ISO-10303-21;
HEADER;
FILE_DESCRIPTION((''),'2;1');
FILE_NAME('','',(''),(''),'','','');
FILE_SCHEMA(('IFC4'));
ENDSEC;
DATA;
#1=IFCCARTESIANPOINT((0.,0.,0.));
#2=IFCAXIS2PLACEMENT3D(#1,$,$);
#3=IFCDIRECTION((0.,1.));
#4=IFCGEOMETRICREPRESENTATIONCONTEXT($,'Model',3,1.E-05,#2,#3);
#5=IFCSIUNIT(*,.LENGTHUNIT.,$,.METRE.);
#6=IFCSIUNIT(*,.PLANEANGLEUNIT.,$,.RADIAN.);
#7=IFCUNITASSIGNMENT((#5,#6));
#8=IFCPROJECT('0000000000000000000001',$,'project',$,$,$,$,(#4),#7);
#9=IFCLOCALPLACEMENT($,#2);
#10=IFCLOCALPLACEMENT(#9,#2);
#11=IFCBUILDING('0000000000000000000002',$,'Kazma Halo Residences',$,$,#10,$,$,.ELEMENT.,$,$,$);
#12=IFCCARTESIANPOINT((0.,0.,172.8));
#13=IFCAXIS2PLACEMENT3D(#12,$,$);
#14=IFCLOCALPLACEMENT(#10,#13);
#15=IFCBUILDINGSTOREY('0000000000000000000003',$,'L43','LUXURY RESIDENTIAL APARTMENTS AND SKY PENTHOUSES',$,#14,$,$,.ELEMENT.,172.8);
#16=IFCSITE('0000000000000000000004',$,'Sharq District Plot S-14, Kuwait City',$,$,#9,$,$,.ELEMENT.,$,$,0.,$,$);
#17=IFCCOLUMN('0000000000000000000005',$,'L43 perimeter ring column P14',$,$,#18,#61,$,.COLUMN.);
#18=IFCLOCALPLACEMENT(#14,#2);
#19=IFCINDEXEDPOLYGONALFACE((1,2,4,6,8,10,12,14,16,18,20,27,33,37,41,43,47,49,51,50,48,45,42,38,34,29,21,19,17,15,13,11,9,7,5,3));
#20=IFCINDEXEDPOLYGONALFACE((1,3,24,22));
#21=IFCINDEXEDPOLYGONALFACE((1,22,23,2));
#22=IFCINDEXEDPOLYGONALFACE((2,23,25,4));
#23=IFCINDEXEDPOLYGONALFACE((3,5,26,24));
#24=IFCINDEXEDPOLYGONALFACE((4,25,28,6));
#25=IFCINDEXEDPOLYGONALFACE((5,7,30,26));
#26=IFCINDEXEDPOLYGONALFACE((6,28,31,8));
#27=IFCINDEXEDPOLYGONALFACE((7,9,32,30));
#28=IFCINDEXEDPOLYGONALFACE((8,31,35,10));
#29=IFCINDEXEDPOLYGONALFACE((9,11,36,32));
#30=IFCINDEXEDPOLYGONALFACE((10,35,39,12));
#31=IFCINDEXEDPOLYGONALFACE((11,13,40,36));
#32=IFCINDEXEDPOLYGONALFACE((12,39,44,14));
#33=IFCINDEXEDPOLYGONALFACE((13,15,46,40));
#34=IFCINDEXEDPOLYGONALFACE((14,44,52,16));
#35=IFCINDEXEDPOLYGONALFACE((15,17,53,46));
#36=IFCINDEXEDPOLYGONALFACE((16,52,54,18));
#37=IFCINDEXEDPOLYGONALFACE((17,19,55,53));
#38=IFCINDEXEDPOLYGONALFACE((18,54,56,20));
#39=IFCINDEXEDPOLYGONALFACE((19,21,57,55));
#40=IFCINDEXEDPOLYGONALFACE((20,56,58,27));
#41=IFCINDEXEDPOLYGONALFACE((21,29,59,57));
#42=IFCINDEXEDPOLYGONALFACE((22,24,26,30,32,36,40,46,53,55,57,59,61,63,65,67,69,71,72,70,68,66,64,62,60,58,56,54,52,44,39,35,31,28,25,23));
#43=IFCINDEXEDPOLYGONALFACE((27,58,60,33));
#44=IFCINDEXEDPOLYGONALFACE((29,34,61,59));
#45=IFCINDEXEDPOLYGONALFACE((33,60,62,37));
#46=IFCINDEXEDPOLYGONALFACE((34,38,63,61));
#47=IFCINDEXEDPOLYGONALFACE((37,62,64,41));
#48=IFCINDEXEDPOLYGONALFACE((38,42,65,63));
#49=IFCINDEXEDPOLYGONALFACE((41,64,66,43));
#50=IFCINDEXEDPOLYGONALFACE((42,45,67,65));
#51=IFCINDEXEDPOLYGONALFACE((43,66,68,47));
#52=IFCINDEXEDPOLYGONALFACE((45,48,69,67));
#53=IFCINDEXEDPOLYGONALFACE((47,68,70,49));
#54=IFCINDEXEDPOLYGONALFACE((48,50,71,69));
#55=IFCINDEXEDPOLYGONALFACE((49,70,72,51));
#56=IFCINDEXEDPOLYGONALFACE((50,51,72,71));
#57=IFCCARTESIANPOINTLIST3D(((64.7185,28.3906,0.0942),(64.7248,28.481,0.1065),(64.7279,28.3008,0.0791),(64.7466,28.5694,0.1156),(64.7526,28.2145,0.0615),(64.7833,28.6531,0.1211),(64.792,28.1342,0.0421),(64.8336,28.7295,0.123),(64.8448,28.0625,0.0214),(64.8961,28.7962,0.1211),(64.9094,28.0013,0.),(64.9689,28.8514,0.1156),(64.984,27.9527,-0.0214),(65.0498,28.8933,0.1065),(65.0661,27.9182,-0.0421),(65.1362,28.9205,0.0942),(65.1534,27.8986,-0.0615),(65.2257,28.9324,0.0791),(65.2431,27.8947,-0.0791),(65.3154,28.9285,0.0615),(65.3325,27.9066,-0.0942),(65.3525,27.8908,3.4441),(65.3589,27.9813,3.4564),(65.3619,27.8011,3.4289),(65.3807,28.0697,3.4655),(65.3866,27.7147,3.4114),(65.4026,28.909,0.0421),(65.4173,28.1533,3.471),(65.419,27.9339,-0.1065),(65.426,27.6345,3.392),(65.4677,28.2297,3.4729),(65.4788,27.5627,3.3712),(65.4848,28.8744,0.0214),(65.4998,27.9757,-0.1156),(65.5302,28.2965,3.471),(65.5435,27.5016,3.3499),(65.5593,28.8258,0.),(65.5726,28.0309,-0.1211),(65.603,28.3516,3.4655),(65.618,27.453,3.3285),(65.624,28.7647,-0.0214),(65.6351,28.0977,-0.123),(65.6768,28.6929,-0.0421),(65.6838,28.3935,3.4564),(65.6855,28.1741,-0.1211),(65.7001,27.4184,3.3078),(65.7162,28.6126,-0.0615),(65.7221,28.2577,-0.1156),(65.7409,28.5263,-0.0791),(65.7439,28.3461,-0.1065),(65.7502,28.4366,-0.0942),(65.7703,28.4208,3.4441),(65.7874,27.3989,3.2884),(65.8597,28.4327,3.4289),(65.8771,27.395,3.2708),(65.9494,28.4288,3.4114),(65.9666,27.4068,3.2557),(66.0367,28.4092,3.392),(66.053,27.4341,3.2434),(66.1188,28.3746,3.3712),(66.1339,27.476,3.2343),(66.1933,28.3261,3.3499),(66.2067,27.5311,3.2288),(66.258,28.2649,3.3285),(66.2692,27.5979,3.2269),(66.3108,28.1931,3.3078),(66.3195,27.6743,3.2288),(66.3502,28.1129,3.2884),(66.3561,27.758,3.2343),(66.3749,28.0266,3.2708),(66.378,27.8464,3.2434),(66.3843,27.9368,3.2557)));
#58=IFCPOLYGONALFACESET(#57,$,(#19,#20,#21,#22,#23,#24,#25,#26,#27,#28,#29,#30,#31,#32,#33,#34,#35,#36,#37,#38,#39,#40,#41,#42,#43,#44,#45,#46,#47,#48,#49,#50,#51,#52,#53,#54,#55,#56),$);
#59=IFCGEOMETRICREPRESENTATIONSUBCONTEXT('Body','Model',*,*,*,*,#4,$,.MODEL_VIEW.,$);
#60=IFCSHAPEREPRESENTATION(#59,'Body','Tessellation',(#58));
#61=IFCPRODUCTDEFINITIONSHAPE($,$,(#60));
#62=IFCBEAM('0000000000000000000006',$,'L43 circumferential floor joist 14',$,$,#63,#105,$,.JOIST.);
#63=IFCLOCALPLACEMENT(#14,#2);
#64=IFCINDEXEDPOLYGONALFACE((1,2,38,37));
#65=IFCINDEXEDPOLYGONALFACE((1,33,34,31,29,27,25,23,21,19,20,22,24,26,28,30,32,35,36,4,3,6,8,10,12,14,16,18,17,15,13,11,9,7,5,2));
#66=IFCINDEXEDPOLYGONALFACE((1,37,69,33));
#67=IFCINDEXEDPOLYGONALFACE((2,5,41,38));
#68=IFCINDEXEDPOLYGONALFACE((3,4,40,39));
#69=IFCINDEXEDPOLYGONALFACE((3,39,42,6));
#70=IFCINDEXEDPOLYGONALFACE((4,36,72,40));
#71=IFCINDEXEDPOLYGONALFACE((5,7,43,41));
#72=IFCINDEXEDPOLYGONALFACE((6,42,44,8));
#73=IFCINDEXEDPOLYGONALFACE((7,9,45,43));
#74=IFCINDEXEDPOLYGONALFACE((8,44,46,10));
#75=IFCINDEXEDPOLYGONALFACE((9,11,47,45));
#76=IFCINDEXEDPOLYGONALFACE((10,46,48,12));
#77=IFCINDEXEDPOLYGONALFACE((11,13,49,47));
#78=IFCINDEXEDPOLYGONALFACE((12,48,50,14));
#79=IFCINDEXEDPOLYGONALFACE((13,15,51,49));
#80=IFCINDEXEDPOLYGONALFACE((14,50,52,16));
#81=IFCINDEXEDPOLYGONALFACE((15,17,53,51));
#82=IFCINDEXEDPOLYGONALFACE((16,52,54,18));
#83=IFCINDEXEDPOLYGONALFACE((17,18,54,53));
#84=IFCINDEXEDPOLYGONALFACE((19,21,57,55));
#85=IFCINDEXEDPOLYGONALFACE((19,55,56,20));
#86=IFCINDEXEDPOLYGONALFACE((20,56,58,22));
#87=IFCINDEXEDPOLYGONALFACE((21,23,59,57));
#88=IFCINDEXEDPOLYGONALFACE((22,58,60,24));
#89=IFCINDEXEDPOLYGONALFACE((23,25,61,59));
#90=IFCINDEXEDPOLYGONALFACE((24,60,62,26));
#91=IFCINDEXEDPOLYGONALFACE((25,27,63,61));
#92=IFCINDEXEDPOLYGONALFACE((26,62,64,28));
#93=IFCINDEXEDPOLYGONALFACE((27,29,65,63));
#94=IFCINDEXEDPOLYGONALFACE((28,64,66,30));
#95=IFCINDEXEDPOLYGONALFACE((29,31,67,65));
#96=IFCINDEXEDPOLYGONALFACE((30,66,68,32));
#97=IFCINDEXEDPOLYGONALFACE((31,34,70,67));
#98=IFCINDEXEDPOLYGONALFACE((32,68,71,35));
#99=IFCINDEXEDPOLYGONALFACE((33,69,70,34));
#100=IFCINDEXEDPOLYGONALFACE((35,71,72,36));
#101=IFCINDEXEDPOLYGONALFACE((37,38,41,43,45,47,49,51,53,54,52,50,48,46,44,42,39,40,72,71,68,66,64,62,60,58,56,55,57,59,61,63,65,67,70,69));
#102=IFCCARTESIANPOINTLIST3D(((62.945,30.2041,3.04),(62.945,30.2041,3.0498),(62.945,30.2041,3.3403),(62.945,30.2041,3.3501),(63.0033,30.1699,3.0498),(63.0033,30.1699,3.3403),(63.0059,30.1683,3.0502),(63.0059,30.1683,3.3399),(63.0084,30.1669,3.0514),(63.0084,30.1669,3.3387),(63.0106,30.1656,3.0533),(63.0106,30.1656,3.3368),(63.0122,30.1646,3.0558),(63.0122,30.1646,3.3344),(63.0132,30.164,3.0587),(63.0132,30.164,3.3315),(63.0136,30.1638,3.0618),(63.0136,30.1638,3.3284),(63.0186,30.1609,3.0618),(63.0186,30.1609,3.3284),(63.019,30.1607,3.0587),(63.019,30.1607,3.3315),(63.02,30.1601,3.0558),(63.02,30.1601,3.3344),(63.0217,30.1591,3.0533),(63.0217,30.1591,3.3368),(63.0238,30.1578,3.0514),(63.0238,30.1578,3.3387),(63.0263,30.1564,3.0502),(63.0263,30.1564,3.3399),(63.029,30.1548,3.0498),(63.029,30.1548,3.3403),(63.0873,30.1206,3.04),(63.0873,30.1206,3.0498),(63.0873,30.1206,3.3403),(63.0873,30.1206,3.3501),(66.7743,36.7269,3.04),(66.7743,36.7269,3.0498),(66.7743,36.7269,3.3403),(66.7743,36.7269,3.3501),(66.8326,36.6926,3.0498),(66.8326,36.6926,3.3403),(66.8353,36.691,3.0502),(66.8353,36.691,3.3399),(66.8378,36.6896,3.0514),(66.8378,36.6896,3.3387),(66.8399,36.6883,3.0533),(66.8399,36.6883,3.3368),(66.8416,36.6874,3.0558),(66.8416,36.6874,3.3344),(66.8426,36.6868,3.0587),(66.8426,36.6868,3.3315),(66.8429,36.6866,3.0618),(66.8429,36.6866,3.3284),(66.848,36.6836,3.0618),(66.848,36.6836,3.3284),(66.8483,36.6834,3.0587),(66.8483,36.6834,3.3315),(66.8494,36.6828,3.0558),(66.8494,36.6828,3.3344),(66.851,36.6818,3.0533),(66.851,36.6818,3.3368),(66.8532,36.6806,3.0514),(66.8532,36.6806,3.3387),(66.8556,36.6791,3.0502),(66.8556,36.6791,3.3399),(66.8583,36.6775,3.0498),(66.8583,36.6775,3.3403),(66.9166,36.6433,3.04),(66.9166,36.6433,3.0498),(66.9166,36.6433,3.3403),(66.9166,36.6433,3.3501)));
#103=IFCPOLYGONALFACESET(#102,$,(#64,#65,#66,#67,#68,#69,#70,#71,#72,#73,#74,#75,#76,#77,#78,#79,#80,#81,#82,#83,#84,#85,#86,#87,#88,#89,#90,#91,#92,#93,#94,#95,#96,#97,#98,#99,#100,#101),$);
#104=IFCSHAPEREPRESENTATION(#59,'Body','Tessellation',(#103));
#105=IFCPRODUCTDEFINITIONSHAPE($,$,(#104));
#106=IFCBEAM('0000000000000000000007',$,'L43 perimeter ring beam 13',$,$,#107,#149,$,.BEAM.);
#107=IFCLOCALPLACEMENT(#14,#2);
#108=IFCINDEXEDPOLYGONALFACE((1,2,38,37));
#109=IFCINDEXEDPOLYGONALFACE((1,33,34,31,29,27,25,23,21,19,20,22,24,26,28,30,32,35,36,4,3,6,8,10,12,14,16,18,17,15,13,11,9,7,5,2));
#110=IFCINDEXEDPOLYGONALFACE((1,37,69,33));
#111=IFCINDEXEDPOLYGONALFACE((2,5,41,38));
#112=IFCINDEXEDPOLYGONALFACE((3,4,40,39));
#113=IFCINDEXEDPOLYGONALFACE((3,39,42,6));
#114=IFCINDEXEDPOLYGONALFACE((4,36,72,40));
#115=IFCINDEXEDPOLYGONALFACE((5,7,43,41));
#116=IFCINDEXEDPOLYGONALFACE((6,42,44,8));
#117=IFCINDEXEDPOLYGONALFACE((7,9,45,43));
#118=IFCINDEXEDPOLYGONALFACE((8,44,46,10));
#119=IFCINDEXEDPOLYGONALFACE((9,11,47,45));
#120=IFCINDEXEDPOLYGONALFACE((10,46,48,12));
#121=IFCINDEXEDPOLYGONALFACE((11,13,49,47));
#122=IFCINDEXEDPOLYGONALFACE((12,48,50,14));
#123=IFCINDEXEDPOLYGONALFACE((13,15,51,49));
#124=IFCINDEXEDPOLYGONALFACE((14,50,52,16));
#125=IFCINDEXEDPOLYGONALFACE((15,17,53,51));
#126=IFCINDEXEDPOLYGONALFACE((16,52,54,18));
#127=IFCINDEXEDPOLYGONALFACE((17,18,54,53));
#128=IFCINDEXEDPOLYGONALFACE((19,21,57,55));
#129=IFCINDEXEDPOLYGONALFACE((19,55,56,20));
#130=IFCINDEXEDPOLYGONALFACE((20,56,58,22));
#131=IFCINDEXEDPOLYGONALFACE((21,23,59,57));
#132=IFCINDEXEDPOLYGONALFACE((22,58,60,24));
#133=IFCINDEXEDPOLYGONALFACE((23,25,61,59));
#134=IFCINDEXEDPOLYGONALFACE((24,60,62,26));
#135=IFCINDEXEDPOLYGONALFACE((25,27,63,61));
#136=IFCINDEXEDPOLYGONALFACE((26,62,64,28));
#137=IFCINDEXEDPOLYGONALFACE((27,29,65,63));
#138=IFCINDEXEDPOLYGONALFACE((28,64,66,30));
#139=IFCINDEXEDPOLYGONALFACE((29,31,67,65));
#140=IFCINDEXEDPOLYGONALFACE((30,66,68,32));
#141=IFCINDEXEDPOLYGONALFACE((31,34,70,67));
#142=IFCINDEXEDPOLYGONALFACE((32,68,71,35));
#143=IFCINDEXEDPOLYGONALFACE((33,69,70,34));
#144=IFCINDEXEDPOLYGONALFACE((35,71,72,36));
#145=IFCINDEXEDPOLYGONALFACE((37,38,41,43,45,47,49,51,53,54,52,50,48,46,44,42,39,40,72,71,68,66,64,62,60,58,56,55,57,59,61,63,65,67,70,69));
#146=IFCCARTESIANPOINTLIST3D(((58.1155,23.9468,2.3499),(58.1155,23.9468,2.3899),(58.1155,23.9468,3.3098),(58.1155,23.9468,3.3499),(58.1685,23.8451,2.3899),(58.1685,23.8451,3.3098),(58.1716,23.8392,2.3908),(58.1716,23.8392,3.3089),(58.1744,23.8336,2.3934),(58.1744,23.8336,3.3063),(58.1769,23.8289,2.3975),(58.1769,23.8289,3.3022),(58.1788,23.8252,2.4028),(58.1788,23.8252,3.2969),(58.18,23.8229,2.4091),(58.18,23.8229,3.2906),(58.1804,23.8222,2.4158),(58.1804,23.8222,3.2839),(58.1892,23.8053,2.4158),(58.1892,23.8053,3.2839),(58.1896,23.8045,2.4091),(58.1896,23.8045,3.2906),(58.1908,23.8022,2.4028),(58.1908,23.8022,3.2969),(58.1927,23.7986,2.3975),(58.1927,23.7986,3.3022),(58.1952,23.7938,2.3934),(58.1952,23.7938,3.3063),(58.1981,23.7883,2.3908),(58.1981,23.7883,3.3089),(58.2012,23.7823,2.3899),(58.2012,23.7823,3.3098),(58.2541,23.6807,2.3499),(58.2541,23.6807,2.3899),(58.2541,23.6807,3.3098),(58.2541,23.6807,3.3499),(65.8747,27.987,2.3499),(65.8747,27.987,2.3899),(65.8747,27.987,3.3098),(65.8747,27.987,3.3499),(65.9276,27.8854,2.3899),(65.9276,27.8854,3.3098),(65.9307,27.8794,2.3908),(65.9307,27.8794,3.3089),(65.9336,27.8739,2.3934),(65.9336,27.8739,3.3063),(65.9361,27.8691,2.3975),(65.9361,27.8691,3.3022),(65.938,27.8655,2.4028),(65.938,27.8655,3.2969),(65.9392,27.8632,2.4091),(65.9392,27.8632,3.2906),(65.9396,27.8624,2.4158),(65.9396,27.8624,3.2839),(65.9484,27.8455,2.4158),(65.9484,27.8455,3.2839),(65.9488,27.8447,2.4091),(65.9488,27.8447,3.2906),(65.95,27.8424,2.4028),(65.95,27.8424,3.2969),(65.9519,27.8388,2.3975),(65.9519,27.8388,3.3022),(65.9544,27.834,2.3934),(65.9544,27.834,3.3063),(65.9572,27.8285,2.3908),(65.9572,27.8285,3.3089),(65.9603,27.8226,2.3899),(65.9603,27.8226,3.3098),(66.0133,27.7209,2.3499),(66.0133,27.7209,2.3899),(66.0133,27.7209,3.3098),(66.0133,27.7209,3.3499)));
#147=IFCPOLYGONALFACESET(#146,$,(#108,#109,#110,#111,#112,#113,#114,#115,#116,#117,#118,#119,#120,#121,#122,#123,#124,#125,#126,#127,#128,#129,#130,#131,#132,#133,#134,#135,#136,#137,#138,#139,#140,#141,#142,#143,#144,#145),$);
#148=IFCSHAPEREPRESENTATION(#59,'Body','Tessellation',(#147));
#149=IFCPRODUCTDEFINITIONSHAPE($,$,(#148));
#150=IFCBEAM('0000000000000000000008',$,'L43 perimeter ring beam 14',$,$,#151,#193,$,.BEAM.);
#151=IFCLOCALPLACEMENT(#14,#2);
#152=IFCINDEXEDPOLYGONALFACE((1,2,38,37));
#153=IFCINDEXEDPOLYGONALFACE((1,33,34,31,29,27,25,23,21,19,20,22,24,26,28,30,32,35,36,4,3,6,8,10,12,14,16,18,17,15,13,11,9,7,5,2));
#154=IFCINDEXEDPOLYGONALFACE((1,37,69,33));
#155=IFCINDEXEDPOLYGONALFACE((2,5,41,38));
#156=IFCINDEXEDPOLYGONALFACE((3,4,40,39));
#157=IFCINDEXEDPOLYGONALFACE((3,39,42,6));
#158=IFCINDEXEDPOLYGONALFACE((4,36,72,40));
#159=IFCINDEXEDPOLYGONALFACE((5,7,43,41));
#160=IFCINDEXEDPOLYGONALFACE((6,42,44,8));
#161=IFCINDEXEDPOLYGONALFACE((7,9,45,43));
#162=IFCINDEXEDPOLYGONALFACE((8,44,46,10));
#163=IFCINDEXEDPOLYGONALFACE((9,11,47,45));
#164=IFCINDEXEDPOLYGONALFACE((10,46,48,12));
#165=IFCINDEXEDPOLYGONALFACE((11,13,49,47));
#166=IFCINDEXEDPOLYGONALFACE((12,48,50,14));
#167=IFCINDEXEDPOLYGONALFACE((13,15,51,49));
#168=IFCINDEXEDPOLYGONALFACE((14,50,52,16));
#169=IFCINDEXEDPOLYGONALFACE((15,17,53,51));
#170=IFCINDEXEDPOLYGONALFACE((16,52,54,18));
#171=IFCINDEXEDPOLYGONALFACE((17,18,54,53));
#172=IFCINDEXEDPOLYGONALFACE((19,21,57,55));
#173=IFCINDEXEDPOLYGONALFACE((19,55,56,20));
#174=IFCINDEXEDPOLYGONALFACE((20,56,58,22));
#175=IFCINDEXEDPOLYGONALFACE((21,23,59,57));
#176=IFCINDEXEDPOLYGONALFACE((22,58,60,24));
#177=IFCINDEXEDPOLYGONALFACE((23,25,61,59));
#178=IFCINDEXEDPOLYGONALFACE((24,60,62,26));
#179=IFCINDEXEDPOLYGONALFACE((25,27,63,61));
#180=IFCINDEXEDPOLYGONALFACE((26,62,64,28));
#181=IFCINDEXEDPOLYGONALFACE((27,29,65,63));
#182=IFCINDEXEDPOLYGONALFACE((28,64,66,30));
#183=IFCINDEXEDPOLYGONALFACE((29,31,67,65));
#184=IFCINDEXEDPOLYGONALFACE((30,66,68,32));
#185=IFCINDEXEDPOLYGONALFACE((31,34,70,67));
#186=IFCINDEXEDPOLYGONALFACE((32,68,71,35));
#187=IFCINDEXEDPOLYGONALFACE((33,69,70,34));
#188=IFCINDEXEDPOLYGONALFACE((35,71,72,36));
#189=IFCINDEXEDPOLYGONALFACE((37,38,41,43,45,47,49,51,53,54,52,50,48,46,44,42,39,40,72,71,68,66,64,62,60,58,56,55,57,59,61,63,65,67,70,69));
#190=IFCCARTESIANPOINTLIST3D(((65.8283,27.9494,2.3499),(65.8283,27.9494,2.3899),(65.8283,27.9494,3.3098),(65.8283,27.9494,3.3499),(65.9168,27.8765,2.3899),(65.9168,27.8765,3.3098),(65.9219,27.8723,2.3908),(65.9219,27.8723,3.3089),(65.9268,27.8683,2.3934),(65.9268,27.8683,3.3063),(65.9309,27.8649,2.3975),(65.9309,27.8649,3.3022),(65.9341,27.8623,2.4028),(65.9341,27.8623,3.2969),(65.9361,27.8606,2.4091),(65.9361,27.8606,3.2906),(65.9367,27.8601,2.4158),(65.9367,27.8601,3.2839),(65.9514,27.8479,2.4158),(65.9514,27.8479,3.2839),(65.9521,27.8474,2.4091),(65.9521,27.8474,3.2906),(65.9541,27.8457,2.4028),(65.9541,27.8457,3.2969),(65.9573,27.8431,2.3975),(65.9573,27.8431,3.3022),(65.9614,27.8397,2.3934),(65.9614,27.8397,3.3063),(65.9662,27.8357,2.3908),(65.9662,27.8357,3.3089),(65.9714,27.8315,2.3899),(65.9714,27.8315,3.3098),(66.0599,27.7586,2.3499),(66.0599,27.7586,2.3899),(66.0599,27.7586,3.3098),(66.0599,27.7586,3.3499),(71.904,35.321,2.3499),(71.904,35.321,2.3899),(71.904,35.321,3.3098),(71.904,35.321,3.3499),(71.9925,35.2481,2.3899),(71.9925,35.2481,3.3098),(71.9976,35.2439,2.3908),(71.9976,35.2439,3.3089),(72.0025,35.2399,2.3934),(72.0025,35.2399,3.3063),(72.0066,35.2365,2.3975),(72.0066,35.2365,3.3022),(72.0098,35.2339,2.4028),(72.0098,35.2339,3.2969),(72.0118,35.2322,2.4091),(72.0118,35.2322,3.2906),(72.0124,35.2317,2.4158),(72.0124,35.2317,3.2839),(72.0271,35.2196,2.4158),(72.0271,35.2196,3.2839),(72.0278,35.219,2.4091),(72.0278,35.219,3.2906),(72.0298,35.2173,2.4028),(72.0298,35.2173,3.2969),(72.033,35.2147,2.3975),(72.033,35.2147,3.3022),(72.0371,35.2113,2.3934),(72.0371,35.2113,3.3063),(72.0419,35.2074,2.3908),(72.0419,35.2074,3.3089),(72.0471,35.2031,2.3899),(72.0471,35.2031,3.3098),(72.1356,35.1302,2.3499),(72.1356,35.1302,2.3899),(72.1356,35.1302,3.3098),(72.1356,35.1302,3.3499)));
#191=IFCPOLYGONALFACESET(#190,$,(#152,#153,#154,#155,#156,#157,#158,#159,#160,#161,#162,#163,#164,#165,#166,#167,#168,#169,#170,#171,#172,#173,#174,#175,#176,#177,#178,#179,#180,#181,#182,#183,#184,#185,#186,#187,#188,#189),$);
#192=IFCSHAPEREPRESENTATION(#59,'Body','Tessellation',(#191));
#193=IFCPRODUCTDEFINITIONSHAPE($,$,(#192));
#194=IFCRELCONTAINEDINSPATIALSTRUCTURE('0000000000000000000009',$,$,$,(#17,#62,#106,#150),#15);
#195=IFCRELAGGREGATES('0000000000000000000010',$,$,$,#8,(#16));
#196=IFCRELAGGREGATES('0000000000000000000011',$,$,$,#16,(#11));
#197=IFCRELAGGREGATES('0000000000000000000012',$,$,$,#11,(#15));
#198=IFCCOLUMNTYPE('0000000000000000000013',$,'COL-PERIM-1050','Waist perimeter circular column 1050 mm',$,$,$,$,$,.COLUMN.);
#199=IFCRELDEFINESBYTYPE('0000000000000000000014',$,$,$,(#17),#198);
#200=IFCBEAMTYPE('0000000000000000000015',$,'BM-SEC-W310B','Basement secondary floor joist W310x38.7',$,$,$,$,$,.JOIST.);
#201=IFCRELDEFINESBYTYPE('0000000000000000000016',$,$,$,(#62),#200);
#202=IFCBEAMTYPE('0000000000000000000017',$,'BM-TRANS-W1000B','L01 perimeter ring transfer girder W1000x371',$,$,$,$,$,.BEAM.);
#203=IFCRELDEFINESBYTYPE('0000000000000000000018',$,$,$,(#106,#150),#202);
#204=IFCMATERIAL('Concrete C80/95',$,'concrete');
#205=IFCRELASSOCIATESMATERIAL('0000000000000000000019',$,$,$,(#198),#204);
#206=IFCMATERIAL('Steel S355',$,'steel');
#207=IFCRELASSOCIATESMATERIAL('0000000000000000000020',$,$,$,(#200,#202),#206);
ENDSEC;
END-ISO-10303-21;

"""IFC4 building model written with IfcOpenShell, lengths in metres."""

from ifc_helpers import new_model, si_unit, direction, frame, origin, origin_2d, place, context, subcontext, project, spatial, circle, i_section, extrude, material, material_profile, profile_set, type_object, element, save


model = new_model("IFC4")

# Units and contexts
model_context = context("Model", 3, precision=1e-05, world=origin(), true_north=direction((0.0, 1.0)))
body_context = subcontext(model_context, "Body", "Model", "MODEL_VIEW")
ifc_project = project(units=[si_unit("LENGTHUNIT", "METRE"), si_unit("PLANEANGLEUNIT", "RADIAN")], contexts=[model_context])

# Site, building, storey
site_placement = place(None, origin())
site = spatial("IfcSite", under=ifc_project, at=site_placement, Name="Sharq District Plot S-14, Kuwait City", CompositionType="ELEMENT", RefElevation=0.0)
building_placement = place(site_placement, origin())
building = spatial("IfcBuilding", under=site, at=building_placement, Name="Kazma Halo Residences", CompositionType="ELEMENT")
storey_placement = place(building_placement, frame((0.0, 0.0, 172.8)))
storey = spatial("IfcBuildingStorey", under=building, at=storey_placement, Name="L43", Description="LUXURY RESIDENTIAL APARTMENTS AND SKY PENTHOUSES", CompositionType="ELEMENT", Elevation=172.8)

# Column
ifc_material_1 = material(Name="Concrete C80/95", Category="concrete")
ifc_material_profile_1 = material_profile(ifc_material_1, circle(Radius=0.5249, at=origin_2d()), Name="CIRC1050")
ifc_profile_set_1 = profile_set([ifc_material_profile_1], Name="Concrete C80/95")
column_type = type_object("IfcColumnType", Name="COL-PERIM-1050", Description="Waist perimeter circular column 1050 mm", PredefinedType="COLUMN", material=ifc_profile_set_1)
column_placement = place(storey_placement, frame((65.2344, 28.4136, 0.0), z_axis=(0.184004, -0.145035, 0.972166), x_axis=(0.619036, 0.785362, 0.0)))
element("IfcColumn", 1, at=column_placement, inside=storey, type_object=column_type, Name="L43 perimeter ring column P14", PredefinedType="COLUMN", context=body_context, shape_type="SweptSolid", body=[
    extrude(circle(Radius=0.5249, at=origin_2d()), origin(), (0.0, 0.0, 1.0), 3.4458),
])

# Beams
ifc_material_2 = material(Name="Steel S355", Category="steel")
ifc_material_profile_2 = material_profile(ifc_material_2, i_section(OverallWidth=0.165, OverallDepth=0.3101, WebThickness=0.0059, FlangeThickness=0.0098, FilletRadius=0.012, at=origin_2d()), Name="W310x38.7")
ifc_profile_set_2 = profile_set([ifc_material_profile_2], Name="Steel S355")
beam_type_1 = type_object("IfcBeamType", Name="BM-SEC-W310B", Description="Basement secondary floor joist W310x38.7", PredefinedType="JOIST", material=ifc_profile_set_2)
beam_1_placement = place(storey_placement, frame((63.0161, 30.1624, 3.1951), z_axis=(0.506279, 0.86237, 0.0), x_axis=(-0.86237, 0.506279, 0.0)))
element("IfcBeam", 2, at=beam_1_placement, inside=storey, type_object=beam_type_1, Name="L43 circumferential floor joist 14", PredefinedType="JOIST", context=body_context, shape_type="SweptSolid", body=[
    extrude(i_section(OverallWidth=0.165, OverallDepth=0.3101, WebThickness=0.0059, FlangeThickness=0.0098, FilletRadius=0.012, at=origin_2d()), origin(), (0.0, 0.0, 1.0), 7.5637),
])
ifc_material_profile_3 = material_profile(ifc_material_2, i_section(OverallWidth=0.3, OverallDepth=1.0, WebThickness=0.019, FlangeThickness=0.04, FilletRadius=0.0259, at=origin_2d()), Name="W1000x371")
ifc_profile_set_3 = profile_set([ifc_material_profile_3], Name="Steel S355")
beam_type_2 = type_object("IfcBeamType", Name="BM-TRANS-W1000B", Description="L01 perimeter ring transfer girder W1000x371", PredefinedType="BEAM", material=ifc_profile_set_3)
beam_2_placement = place(storey_placement, frame((58.1848, 23.8137, 2.8499), z_axis=(0.886961, 0.461844, 0.0), x_axis=(-0.461844, 0.886961, 0.0)))
element("IfcBeam", 3, at=beam_2_placement, inside=storey, type_object=beam_type_2, Name="L43 perimeter ring beam 13", PredefinedType="BEAM", context=body_context, shape_type="SweptSolid", body=[
    extrude(i_section(OverallWidth=0.3, OverallDepth=1.0, WebThickness=0.019, FlangeThickness=0.04, FilletRadius=0.0259, at=origin_2d()), origin(), (0.0, 0.0, 1.0), 8.748),
])
beam_3_placement = place(storey_placement, frame((65.9441, 27.854, 2.8499), z_axis=(0.636017, 0.771675, 0.0), x_axis=(-0.771675, 0.636017, 0.0)))
element("IfcBeam", 4, at=beam_3_placement, inside=storey, type_object=beam_type_2, Name="L43 perimeter ring beam 14", PredefinedType="BEAM", context=body_context, shape_type="SweptSolid", body=[
    extrude(i_section(OverallWidth=0.3, OverallDepth=1.0, WebThickness=0.019, FlangeThickness=0.04, FilletRadius=0.0259, at=origin_2d()), origin(), (0.0, 0.0, 1.0), 9.5527),
])

save(model, "model.ifc")
